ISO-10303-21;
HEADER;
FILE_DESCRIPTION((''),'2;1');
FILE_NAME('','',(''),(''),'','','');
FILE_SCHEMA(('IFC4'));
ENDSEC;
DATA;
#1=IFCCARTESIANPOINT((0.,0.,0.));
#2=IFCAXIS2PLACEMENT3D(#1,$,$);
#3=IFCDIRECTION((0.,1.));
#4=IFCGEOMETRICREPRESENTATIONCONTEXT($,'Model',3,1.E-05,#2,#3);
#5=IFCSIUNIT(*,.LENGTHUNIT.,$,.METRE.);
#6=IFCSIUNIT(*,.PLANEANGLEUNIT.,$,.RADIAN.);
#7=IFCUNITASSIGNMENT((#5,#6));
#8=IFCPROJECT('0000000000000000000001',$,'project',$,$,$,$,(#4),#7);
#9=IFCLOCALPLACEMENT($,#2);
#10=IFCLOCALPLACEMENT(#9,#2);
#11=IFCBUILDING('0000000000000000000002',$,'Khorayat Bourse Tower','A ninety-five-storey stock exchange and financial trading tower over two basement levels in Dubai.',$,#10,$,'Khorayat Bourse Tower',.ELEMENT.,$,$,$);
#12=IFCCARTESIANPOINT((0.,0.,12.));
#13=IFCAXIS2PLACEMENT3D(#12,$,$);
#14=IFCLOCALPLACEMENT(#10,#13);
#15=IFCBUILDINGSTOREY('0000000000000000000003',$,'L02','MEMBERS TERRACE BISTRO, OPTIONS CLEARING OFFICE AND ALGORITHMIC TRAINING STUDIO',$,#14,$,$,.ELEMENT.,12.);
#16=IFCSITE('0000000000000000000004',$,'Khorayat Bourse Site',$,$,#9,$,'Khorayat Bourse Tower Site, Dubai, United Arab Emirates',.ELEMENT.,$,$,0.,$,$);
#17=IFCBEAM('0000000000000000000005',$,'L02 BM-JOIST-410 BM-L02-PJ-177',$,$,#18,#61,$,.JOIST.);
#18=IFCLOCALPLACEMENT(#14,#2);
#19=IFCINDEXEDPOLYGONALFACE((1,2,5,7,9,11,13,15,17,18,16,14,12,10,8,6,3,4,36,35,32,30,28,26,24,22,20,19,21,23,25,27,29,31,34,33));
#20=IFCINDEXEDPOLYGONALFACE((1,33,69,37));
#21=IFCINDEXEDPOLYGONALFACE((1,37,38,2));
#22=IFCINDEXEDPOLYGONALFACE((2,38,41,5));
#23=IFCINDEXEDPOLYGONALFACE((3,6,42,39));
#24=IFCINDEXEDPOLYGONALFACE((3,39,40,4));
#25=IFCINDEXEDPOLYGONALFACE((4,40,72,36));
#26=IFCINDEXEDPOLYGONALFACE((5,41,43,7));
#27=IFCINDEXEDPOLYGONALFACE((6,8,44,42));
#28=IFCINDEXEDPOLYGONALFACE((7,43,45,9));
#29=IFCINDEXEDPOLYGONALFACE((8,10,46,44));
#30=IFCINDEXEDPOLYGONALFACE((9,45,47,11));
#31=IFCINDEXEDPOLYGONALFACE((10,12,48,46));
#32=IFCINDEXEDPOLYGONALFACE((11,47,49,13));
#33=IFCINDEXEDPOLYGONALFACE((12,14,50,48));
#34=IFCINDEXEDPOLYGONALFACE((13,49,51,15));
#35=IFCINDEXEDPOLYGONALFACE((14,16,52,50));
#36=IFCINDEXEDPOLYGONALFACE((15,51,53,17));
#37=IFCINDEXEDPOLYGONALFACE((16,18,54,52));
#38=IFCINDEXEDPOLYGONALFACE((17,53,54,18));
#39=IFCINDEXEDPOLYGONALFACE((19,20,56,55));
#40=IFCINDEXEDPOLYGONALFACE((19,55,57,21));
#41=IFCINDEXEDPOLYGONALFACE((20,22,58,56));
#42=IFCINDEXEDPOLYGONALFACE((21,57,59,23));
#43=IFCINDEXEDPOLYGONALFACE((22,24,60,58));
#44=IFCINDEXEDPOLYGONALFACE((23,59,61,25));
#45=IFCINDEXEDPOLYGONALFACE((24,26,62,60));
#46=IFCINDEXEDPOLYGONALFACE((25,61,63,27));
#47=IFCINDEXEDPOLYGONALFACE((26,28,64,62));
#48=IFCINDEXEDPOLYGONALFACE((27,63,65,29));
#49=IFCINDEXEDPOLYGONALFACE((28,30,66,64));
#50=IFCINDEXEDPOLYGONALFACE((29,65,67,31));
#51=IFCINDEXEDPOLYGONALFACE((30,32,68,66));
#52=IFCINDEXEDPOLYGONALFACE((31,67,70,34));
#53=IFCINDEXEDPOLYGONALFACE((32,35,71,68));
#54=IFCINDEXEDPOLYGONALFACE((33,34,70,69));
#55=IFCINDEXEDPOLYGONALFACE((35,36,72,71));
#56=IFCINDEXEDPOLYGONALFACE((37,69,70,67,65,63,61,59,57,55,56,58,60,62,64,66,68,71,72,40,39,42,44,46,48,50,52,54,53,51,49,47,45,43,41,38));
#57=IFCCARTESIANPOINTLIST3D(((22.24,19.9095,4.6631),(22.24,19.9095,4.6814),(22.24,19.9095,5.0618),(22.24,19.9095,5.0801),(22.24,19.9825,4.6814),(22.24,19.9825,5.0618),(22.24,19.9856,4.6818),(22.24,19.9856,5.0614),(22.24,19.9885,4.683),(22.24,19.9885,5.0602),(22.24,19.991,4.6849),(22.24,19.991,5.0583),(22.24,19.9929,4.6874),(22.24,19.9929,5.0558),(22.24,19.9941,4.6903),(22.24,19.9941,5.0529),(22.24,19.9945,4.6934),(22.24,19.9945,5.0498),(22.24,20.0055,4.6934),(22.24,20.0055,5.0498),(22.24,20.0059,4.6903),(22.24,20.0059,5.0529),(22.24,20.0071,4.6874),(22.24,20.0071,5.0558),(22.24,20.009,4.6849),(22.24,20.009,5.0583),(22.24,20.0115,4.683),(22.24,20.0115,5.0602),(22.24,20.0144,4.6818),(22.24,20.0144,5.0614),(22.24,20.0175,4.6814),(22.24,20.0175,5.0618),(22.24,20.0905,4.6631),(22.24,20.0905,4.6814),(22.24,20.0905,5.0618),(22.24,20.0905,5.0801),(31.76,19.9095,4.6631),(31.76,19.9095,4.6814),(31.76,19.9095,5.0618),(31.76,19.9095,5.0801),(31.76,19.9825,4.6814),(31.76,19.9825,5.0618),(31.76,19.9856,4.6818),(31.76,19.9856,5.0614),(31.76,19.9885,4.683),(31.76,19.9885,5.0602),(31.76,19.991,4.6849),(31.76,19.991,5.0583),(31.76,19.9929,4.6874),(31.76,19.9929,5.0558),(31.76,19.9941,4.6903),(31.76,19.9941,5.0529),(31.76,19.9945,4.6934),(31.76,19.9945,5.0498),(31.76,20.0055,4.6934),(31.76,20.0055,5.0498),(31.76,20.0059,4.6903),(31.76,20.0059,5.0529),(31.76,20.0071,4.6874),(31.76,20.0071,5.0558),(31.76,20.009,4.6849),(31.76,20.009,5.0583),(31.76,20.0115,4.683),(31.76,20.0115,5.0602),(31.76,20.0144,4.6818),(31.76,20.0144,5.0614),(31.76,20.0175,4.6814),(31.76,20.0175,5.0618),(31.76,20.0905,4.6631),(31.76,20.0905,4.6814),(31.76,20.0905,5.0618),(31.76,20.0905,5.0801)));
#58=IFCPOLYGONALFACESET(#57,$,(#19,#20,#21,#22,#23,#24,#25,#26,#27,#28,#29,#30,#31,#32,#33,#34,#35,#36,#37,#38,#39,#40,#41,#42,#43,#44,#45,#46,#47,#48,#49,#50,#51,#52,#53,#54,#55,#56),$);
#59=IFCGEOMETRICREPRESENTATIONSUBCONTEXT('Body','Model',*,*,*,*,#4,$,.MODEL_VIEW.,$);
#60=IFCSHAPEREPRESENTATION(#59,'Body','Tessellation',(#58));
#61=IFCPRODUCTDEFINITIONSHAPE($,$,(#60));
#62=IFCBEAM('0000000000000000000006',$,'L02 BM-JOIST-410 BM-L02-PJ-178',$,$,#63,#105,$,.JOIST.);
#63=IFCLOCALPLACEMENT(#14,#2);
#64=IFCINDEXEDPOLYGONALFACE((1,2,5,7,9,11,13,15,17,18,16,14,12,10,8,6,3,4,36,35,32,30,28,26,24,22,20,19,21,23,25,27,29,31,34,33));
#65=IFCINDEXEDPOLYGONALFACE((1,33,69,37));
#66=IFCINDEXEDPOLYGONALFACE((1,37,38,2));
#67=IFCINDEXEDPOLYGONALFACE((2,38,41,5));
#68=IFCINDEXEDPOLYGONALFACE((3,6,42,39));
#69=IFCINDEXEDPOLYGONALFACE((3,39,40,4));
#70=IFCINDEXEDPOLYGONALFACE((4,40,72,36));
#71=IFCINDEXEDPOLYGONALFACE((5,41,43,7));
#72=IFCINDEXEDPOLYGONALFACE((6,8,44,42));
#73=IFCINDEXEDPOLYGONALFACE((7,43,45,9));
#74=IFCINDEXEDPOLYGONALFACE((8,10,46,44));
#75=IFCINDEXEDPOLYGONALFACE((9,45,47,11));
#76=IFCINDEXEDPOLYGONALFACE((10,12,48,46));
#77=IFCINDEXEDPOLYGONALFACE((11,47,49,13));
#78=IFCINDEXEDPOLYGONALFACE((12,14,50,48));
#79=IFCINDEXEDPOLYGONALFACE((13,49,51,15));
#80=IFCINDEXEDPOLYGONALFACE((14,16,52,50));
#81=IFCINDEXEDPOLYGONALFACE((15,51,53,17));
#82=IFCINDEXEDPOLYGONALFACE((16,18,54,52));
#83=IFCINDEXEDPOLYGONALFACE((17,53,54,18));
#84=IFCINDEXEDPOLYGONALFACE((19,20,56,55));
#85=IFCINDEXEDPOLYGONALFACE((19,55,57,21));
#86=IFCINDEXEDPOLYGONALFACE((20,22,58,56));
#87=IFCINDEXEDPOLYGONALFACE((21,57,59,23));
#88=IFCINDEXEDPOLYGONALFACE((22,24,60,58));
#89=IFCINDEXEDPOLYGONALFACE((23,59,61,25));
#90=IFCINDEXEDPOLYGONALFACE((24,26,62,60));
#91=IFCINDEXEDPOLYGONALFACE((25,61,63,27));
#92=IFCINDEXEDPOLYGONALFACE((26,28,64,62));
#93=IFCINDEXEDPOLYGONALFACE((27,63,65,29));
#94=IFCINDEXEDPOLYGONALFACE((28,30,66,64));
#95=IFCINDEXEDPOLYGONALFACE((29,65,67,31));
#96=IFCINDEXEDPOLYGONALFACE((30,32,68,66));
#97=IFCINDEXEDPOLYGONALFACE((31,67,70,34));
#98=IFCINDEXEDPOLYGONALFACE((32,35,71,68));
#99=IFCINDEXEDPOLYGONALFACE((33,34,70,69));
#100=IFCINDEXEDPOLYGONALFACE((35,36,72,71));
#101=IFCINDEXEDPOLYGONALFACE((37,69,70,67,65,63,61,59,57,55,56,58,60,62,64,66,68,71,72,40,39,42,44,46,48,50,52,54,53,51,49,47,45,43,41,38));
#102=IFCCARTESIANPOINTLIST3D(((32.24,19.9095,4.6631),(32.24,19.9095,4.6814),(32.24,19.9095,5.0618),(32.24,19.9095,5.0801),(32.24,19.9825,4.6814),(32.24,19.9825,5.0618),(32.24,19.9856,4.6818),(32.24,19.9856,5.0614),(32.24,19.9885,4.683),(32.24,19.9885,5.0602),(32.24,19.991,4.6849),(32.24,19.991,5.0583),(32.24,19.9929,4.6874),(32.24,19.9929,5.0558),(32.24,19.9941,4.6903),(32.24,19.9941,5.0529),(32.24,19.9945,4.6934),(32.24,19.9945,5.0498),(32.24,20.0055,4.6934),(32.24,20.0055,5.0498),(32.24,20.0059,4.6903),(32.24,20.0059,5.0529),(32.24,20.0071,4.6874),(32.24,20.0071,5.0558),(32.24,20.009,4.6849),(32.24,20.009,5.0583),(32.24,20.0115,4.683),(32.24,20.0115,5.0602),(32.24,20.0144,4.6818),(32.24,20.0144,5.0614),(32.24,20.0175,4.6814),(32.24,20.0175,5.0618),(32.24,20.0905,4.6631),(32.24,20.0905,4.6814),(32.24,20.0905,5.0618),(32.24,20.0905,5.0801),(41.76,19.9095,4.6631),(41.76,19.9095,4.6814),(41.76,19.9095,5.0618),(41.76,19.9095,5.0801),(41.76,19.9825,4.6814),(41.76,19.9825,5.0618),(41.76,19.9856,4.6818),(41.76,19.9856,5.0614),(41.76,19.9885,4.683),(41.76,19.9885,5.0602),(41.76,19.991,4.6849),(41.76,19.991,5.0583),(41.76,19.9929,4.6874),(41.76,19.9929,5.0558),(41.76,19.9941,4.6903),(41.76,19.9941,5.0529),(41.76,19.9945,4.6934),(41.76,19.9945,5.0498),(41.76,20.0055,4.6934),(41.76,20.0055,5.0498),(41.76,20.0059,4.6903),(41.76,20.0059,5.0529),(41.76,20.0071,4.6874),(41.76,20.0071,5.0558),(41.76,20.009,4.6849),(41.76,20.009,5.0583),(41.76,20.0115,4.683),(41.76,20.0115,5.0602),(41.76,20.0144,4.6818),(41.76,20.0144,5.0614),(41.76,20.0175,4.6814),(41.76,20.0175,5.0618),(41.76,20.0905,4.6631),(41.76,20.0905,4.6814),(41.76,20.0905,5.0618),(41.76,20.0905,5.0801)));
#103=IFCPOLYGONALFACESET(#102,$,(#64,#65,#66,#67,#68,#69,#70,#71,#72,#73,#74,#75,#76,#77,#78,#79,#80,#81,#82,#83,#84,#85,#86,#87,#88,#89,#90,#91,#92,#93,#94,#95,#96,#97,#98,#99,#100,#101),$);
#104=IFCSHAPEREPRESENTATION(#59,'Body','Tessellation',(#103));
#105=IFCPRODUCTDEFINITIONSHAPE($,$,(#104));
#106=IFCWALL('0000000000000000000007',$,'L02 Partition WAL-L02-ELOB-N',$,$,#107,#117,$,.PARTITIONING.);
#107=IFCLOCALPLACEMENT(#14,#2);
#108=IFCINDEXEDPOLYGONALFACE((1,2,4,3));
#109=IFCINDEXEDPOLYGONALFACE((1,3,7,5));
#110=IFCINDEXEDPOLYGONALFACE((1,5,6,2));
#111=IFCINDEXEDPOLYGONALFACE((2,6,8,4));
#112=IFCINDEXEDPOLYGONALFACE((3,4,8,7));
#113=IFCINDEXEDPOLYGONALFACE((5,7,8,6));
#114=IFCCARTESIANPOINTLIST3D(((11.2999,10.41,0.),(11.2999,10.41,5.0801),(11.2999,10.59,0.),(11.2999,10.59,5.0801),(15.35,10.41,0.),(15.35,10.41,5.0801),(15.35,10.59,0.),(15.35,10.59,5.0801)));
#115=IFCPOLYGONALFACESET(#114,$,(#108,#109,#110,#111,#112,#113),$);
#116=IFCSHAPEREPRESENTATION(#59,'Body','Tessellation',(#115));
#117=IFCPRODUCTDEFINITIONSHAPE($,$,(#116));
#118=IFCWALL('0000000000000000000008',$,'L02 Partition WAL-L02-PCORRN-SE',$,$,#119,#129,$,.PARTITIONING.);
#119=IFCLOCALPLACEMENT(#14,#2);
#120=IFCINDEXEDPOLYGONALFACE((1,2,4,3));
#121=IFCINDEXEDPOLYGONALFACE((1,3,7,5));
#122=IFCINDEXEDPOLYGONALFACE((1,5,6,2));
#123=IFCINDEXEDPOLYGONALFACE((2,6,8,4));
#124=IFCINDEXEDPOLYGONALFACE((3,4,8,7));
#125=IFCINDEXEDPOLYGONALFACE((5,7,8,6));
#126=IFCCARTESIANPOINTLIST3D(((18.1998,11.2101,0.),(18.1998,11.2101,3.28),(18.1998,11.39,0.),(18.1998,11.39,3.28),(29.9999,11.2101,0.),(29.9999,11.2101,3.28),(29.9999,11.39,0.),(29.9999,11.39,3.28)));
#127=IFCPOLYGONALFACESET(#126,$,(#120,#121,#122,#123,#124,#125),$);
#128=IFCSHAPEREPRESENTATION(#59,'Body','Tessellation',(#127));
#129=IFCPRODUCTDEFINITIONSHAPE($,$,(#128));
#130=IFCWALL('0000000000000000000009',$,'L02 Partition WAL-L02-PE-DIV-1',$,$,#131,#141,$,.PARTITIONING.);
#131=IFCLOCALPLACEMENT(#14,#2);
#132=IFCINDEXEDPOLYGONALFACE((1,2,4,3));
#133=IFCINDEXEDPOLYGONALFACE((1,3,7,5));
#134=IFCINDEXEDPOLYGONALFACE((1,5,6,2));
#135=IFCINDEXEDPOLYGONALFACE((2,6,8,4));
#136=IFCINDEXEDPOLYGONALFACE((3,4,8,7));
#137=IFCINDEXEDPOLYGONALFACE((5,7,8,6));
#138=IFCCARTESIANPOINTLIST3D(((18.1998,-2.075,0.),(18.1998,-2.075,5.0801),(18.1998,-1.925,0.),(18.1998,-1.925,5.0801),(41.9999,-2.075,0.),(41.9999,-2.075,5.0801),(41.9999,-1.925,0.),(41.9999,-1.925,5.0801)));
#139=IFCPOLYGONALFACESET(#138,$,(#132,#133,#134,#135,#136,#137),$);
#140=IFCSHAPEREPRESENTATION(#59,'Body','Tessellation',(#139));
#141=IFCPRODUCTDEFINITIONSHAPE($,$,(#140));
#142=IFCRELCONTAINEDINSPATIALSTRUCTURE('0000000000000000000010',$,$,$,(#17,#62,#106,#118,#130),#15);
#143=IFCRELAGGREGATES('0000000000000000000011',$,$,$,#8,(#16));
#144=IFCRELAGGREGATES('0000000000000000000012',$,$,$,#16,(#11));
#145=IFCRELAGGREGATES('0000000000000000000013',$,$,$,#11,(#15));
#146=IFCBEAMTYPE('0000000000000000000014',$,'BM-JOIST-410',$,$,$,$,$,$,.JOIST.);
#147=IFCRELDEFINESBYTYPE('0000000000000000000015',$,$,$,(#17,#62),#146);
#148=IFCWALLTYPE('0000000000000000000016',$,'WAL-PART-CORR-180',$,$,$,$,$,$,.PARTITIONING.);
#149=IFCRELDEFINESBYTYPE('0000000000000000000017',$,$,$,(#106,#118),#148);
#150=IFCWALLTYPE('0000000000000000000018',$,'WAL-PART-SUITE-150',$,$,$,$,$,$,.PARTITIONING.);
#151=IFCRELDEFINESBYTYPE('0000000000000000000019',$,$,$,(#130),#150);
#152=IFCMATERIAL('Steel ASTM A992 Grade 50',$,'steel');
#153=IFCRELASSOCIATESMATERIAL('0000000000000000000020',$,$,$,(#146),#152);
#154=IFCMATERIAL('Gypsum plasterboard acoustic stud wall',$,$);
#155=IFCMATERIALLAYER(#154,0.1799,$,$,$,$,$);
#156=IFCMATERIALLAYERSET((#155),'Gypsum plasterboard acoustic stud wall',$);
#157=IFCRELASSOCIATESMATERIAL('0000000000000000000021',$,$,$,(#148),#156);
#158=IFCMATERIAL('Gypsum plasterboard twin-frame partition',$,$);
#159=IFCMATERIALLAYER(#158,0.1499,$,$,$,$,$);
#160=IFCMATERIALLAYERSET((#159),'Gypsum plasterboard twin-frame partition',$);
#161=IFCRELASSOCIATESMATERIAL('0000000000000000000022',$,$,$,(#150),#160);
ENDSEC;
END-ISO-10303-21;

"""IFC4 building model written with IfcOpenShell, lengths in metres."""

from ifc_helpers import new_model, si_unit, direction, frame, frame_2d, origin, origin_2d, place, context, subcontext, project, spatial, rectangle, i_section, extrude, source, transform, mapped, material, layer, layer_set, material_profile, profile_set, type_object, element, save


model = new_model("IFC4")

# Units and contexts
model_context = context("Model", 3, precision=1e-05, world=origin(), true_north=direction((0.0, 1.0)))
body_context = subcontext(model_context, "Body", "Model", "MODEL_VIEW")
ifc_project = project(units=[si_unit("LENGTHUNIT", "METRE"), si_unit("PLANEANGLEUNIT", "RADIAN")], contexts=[model_context])

# Site, building, storey
site_placement = place(None, origin())
site = spatial("IfcSite", under=ifc_project, at=site_placement, Name="Khorayat Bourse Site", LongName="Khorayat Bourse Tower Site, Dubai, United Arab Emirates", CompositionType="ELEMENT", RefElevation=0.0)
building_placement = place(site_placement, origin())
building = spatial("IfcBuilding", under=site, at=building_placement, Name="Khorayat Bourse Tower", Description="A ninety-five-storey stock exchange and financial trading tower over two basement levels in Dubai.", LongName="Khorayat Bourse Tower", CompositionType="ELEMENT")
storey_placement = place(building_placement, frame((0.0, 0.0, 12.0)))
storey = spatial("IfcBuildingStorey", under=building, at=storey_placement, Name="L02", Description="MEMBERS TERRACE BISTRO, OPTIONS CLEARING OFFICE AND ALGORITHMIC TRAINING STUDIO", CompositionType="ELEMENT", Elevation=12.0)

# Beams
ifc_material_1 = material(Name="Steel ASTM A992 Grade 50", Category="steel")
ifc_material_profile_1 = material_profile(ifc_material_1, i_section(OverallWidth=0.1809, OverallDepth=0.417, WebThickness=0.011, FlangeThickness=0.0183, FilletRadius=0.012, at=origin_2d()), Name="W410X85")
ifc_profile_set_1 = profile_set([ifc_material_profile_1], Name="Steel ASTM A992 Grade 50")
beam_type_1 = type_object("IfcBeamType", Name="BM-JOIST-410", PredefinedType="JOIST", material=ifc_profile_set_1)
shared_shape_1 = source(origin(), body_context, "Body", "SweptSolid", [
    extrude(i_section(OverallWidth=0.1809, OverallDepth=0.417, WebThickness=0.011, FlangeThickness=0.0183, FilletRadius=0.012, at=origin_2d()), origin(), (0.0, 0.0, 1.0), 9.52),
])
for number, where, z_axis, x_axis, name in (
    (1, (22.24, 20.0, 4.8716), (1.0, 0.0, 0.0), (0.0, 1.0, 0.0), "L02 BM-JOIST-410 BM-L02-PJ-177"),
    (2, (32.24, 20.0, 4.8716), (1.0, 0.0, 0.0), (0.0, 1.0, 0.0), "L02 BM-JOIST-410 BM-L02-PJ-178"),
):
    element("IfcBeam", number, at=place(storey_placement, frame(where, z_axis=z_axis, x_axis=x_axis)), inside=storey, type_object=beam_type_1, Name=name, PredefinedType="JOIST", context=body_context, shape_type="MappedRepresentation", body=[
        mapped(shared_shape_1, transform((0.0, 0.0, 0.0), scale=1.0)),
    ])

# Walls
ifc_material_2 = material(Name="Gypsum plasterboard acoustic stud wall")
ifc_layer_1 = layer(ifc_material_2, 0.1799)
ifc_layer_set_1 = layer_set([ifc_layer_1], Name="Gypsum plasterboard acoustic stud wall")
wall_type_1 = type_object("IfcWallType", Name="WAL-PART-CORR-180", PredefinedType="PARTITIONING", material=ifc_layer_set_1)
shared_shape_2 = source(origin(), body_context, "Body", "SweptSolid", [
    extrude(rectangle(XDim=4.05, YDim=0.1799, at=frame_2d((2.0249, 0.0))), origin(), (0.0, 0.0, 1.0), 5.0801),
])
wall_1_placement = place(storey_placement, frame((11.3, 10.5, 0.0), z_axis=(0.0, 0.0, 1.0), x_axis=(1.0, 0.0, 0.0)))
element("IfcWall", 3, at=wall_1_placement, inside=storey, type_object=wall_type_1, Name="L02 Partition WAL-L02-ELOB-N", PredefinedType="PARTITIONING", context=body_context, shape_type="MappedRepresentation", body=[
    mapped(shared_shape_2, transform((0.0, 0.0, 0.0), scale=1.0)),
])
shared_shape_3 = source(origin(), body_context, "Body", "SweptSolid", [
    extrude(rectangle(XDim=11.8, YDim=0.1799, at=frame_2d((5.8999, 0.0))), origin(), (0.0, 0.0, 1.0), 3.28),
])
wall_2_placement = place(storey_placement, frame((18.2, 11.3, 0.0), z_axis=(0.0, 0.0, 1.0), x_axis=(1.0, 0.0, 0.0)))
element("IfcWall", 4, at=wall_2_placement, inside=storey, type_object=wall_type_1, Name="L02 Partition WAL-L02-PCORRN-SE", PredefinedType="PARTITIONING", context=body_context, shape_type="MappedRepresentation", body=[
    mapped(shared_shape_3, transform((0.0, 0.0, 0.0), scale=1.0)),
])
ifc_material_3 = material(Name="Gypsum plasterboard twin-frame partition")
ifc_layer_2 = layer(ifc_material_3, 0.1499)
ifc_layer_set_2 = layer_set([ifc_layer_2], Name="Gypsum plasterboard twin-frame partition")
wall_type_2 = type_object("IfcWallType", Name="WAL-PART-SUITE-150", PredefinedType="PARTITIONING", material=ifc_layer_set_2)
shared_shape_4 = source(origin(), body_context, "Body", "SweptSolid", [
    extrude(rectangle(XDim=23.8, YDim=0.1499, at=frame_2d((11.8999, 0.0))), origin(), (0.0, 0.0, 1.0), 5.0801),
])
wall_3_placement = place(storey_placement, frame((18.2, -2.0, 0.0), z_axis=(0.0, 0.0, 1.0), x_axis=(1.0, 0.0, 0.0)))
element("IfcWall", 5, at=wall_3_placement, inside=storey, type_object=wall_type_2, Name="L02 Partition WAL-L02-PE-DIV-1", PredefinedType="PARTITIONING", context=body_context, shape_type="MappedRepresentation", body=[
    mapped(shared_shape_4, transform((0.0, 0.0, 0.0), scale=1.0)),
])

save(model, "model.ifc")
